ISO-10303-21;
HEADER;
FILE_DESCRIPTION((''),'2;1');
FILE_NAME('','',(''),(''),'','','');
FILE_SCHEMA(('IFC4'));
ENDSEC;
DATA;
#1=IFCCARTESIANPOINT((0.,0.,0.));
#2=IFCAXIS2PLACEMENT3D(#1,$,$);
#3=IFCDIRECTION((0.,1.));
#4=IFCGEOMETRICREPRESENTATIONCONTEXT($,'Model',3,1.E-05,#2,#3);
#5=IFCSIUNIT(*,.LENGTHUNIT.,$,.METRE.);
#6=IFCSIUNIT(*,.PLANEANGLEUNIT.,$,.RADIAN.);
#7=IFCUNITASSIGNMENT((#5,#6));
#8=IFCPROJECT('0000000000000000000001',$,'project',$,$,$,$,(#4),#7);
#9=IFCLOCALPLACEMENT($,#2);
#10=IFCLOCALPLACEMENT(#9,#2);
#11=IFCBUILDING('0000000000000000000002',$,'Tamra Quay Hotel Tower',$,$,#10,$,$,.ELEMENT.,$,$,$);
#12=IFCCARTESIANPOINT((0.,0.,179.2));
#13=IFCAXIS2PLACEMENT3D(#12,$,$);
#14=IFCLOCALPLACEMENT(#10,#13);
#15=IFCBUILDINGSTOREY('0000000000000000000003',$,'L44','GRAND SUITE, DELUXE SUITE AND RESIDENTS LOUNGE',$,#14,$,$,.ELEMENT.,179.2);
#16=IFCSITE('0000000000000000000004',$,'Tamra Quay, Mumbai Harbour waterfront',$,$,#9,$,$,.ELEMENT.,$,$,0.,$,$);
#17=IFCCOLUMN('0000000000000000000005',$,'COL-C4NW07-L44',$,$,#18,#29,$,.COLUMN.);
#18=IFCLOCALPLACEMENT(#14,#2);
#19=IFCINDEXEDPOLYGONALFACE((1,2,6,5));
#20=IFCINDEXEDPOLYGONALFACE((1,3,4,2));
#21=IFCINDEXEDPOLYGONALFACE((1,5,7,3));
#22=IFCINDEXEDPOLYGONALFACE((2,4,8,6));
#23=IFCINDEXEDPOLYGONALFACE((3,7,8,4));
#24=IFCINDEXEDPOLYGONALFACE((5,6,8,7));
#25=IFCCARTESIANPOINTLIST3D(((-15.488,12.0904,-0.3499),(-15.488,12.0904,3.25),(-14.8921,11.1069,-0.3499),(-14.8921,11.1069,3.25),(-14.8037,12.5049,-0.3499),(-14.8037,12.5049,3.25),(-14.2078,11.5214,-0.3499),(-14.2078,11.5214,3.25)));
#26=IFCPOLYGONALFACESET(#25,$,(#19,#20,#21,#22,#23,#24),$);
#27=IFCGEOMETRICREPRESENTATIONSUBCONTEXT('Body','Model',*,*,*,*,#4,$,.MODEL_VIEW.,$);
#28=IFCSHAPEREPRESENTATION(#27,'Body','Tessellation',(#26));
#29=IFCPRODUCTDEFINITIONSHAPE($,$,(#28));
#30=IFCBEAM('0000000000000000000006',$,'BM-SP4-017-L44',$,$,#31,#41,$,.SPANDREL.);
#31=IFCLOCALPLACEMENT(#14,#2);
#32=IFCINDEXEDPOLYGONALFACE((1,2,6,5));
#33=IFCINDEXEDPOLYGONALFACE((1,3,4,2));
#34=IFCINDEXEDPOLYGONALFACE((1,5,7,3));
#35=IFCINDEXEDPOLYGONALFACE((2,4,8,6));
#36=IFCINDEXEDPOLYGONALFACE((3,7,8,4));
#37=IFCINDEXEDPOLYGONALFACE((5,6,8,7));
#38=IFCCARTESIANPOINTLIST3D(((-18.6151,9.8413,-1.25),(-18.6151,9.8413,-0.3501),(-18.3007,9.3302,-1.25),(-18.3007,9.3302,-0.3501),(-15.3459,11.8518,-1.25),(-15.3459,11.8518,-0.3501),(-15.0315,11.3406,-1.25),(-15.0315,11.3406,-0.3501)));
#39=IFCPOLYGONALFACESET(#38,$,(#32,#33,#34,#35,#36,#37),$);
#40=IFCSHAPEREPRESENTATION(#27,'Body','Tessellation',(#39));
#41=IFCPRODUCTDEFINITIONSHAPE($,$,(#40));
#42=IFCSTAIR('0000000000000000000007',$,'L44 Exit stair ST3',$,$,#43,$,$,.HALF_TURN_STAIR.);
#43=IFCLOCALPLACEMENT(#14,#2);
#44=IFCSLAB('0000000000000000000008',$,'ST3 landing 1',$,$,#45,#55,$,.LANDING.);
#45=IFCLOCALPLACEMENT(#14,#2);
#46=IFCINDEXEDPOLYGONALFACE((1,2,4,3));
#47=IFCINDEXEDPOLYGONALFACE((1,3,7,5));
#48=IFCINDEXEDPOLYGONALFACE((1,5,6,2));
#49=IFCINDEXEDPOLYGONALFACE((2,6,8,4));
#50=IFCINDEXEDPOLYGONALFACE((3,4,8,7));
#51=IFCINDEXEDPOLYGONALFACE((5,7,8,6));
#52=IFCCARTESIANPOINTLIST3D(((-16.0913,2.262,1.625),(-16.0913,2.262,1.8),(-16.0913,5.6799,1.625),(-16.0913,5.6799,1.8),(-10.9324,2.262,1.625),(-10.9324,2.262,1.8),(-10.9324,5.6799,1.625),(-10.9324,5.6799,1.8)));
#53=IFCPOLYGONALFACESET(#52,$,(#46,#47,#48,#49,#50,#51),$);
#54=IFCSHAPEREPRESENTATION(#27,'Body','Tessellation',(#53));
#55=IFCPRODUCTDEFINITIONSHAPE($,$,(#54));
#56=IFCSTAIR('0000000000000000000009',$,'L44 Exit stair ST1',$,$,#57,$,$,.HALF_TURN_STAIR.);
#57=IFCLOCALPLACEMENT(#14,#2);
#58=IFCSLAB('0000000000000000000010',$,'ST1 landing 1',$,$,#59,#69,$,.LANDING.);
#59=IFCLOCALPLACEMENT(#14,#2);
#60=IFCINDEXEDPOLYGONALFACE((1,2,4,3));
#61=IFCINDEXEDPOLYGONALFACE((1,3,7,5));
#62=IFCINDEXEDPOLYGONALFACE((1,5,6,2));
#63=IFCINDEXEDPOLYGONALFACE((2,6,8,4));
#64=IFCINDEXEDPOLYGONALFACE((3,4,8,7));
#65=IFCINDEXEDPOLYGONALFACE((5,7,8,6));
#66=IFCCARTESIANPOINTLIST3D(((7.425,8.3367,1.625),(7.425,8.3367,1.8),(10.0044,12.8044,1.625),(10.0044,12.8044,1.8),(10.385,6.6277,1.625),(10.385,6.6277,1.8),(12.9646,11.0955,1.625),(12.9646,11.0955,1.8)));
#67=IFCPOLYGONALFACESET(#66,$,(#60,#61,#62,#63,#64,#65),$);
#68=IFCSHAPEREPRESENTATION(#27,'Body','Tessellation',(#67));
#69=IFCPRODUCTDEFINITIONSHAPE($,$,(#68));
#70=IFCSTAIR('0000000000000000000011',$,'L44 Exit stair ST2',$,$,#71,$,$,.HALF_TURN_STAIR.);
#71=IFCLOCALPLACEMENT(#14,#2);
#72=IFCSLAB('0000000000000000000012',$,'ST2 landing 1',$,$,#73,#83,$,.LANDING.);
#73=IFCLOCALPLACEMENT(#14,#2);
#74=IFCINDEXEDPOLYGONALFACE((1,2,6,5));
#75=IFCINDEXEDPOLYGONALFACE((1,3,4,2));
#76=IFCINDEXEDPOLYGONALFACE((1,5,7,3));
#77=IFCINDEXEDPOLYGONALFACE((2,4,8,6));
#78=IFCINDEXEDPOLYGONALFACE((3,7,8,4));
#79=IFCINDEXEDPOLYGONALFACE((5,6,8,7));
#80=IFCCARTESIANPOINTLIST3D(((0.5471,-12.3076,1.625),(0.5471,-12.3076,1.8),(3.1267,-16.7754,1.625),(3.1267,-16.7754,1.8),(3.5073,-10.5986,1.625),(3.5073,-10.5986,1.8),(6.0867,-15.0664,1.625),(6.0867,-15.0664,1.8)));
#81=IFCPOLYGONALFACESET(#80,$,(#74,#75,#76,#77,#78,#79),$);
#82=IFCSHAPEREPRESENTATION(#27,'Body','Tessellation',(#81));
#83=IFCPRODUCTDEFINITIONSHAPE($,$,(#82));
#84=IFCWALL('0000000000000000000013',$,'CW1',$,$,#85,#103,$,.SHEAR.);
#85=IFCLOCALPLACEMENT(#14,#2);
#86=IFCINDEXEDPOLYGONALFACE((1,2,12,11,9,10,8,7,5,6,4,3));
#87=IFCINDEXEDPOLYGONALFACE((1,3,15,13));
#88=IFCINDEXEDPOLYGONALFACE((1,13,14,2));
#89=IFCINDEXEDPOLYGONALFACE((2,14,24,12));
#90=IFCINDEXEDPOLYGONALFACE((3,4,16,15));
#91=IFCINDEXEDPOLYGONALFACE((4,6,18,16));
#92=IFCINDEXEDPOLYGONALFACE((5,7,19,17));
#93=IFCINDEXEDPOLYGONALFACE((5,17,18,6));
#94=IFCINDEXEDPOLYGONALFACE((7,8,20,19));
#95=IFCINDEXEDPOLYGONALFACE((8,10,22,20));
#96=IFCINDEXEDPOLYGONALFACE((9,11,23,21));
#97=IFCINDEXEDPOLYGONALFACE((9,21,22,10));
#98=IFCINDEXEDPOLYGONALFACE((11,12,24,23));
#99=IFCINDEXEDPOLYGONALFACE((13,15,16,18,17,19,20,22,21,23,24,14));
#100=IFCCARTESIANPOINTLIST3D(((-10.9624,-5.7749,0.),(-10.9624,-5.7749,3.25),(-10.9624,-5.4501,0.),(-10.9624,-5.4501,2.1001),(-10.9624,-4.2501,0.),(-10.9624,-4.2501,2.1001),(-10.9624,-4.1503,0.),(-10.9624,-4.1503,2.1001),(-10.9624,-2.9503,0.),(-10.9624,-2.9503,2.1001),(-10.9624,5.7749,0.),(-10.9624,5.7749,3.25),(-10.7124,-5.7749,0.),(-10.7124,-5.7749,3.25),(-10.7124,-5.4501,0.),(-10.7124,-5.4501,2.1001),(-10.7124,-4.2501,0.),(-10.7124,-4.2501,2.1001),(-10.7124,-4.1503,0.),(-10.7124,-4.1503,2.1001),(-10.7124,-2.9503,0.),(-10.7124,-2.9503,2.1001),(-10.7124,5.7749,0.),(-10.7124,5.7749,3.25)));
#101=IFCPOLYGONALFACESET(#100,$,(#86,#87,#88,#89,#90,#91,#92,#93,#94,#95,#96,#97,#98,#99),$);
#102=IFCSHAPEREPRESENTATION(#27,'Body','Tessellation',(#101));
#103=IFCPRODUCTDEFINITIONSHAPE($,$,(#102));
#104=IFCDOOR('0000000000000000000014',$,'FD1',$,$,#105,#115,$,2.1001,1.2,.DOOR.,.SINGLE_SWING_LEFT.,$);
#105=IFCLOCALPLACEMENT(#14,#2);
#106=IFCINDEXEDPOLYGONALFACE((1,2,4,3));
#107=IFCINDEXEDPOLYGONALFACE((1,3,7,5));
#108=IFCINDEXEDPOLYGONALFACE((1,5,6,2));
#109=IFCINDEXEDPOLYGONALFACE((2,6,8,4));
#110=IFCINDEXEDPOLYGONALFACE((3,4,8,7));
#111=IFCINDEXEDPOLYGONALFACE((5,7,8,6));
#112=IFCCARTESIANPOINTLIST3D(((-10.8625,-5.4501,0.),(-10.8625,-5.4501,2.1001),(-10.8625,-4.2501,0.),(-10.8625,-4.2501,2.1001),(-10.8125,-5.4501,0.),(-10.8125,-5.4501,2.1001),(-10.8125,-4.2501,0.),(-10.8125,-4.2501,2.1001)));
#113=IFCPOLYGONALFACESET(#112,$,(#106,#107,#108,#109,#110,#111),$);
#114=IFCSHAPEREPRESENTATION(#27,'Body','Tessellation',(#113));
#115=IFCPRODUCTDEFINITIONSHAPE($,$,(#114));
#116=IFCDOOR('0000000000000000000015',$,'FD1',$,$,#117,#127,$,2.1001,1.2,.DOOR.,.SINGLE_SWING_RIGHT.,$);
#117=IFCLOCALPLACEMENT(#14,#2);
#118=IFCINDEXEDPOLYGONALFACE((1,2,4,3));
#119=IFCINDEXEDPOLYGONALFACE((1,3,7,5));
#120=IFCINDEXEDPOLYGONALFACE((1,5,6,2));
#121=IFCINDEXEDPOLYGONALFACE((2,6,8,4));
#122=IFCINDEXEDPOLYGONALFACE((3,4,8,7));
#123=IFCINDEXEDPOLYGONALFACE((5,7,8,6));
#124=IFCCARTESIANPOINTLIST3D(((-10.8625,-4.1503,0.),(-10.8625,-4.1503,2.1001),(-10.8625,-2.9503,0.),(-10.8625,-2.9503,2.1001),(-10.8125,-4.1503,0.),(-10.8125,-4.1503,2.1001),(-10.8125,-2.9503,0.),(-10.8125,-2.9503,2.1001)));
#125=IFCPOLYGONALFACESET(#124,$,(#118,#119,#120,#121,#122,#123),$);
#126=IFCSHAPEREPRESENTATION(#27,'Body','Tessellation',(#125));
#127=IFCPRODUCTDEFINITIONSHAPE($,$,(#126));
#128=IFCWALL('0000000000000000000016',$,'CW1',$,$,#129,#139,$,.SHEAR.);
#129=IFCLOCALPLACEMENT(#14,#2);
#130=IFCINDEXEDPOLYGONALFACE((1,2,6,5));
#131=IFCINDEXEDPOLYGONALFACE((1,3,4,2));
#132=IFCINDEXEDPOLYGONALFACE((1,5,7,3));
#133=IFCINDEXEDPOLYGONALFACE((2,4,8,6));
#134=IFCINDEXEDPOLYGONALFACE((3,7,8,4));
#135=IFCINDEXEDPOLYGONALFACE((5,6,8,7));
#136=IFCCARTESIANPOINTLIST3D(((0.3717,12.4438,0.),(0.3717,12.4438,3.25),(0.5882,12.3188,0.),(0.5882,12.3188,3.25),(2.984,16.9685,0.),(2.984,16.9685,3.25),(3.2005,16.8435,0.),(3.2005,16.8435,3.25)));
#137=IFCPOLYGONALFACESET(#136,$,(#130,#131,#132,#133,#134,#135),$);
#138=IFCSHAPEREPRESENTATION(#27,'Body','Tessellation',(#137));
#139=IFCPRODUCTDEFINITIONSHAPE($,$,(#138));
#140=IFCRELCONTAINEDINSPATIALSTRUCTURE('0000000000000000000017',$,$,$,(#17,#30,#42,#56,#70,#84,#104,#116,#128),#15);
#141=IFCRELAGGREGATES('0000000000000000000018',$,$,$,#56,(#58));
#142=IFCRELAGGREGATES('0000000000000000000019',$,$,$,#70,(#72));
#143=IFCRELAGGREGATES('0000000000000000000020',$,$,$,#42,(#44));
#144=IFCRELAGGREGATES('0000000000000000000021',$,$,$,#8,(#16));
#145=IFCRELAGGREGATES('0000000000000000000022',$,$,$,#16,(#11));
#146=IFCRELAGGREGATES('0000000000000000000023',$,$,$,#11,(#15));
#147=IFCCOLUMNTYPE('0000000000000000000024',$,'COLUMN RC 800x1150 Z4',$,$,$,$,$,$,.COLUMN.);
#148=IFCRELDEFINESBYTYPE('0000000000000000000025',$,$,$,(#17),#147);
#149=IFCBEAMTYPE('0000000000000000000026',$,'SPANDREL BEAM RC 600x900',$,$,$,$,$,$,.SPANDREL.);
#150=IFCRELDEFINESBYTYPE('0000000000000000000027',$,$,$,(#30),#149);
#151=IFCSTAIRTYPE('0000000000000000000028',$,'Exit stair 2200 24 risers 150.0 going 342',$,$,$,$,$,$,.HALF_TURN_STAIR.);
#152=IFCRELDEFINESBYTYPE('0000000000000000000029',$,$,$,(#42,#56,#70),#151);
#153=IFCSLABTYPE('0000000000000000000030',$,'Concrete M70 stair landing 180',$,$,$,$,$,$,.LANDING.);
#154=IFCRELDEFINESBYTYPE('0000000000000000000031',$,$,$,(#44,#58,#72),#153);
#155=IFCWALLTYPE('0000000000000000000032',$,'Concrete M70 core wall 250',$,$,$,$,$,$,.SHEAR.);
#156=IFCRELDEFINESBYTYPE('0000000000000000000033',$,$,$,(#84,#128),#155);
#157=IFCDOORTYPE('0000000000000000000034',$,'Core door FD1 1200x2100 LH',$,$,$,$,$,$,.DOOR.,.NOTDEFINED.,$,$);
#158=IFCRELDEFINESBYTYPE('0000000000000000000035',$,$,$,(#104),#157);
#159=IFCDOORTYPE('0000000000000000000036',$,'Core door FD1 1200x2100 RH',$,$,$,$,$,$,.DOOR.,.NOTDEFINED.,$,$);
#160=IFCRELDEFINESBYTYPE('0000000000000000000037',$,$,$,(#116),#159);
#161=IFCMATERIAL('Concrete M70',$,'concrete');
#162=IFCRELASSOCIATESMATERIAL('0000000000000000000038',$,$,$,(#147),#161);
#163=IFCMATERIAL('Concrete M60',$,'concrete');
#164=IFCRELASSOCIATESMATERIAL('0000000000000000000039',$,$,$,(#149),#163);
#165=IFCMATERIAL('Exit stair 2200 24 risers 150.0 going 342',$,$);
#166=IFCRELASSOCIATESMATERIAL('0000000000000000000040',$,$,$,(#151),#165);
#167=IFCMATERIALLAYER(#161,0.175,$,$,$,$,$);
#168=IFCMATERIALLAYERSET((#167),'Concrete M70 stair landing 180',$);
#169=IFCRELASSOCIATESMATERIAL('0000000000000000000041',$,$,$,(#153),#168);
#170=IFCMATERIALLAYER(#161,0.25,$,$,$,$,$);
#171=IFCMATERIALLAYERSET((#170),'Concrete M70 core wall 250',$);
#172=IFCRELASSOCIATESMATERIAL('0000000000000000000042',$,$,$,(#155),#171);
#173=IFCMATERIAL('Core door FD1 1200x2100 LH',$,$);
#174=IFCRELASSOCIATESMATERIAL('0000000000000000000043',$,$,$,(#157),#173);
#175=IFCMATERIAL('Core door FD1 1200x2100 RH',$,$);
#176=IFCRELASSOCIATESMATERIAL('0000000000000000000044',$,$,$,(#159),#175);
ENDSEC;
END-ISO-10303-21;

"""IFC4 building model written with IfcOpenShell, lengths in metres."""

from ifc_helpers import new_model, si_unit, direction, frame, frame_2d, origin, origin_2d, place, context, subcontext, project, spatial, polyline, rectangle, outline, extrude, material, layer, layer_set, material_profile, profile_set, type_object, element, fill, aggregate, save


model = new_model("IFC4")

# Units and contexts
model_context = context("Model", 3, precision=1e-05, world=origin(), true_north=direction((0.0, 1.0)))
body_context = subcontext(model_context, "Body", "Model", "MODEL_VIEW")
ifc_project = project(units=[si_unit("LENGTHUNIT", "METRE"), si_unit("PLANEANGLEUNIT", "RADIAN")], contexts=[model_context])

# Site, building, storey
site_placement = place(None, origin())
site = spatial("IfcSite", under=ifc_project, at=site_placement, Name="Tamra Quay, Mumbai Harbour waterfront", CompositionType="ELEMENT", RefElevation=0.0)
building_placement = place(site_placement, origin())
building = spatial("IfcBuilding", under=site, at=building_placement, Name="Tamra Quay Hotel Tower", CompositionType="ELEMENT")
storey_placement = place(building_placement, frame((0.0, 0.0, 179.2)))
storey = spatial("IfcBuildingStorey", under=building, at=storey_placement, Name="L44", Description="GRAND SUITE, DELUXE SUITE AND RESIDENTS LOUNGE", CompositionType="ELEMENT", Elevation=179.2)

# Column
ifc_material_1 = material(Name="Concrete M70", Category="concrete")
ifc_material_profile_1 = material_profile(ifc_material_1, rectangle(XDim=1.1499, YDim=0.8, at=origin_2d()), Name="COLUMN RC 800x1150 Z4")
ifc_profile_set_1 = profile_set([ifc_material_profile_1], Name="Concrete M70")
column_type = type_object("IfcColumnType", Name="COLUMN RC 800x1150 Z4", PredefinedType="COLUMN", material=ifc_profile_set_1)
column_placement = place(storey_placement, frame((-14.8479, 11.8059, -0.3499), z_axis=(0.0, 0.0, 1.0), x_axis=(-0.518175, 0.855275, 0.0)))
element("IfcColumn", 1, at=column_placement, inside=storey, type_object=column_type, Name="COL-C4NW07-L44", PredefinedType="COLUMN", context=body_context, shape_type="SweptSolid", body=[
    extrude(rectangle(XDim=1.1499, YDim=0.8, at=origin_2d()), origin(), (0.0, 0.0, 1.0), 3.5999),
])

# Beam
ifc_material_2 = material(Name="Concrete M60", Category="concrete")
ifc_material_profile_2 = material_profile(ifc_material_2, rectangle(XDim=0.6001, YDim=0.8999, at=origin_2d()), Name="SPANDREL BEAM RC 600x900")
ifc_profile_set_2 = profile_set([ifc_material_profile_2], Name="Concrete M60")
beam_type = type_object("IfcBeamType", Name="SPANDREL BEAM RC 600x900", PredefinedType="SPANDREL", material=ifc_profile_set_2)
beam_placement = place(storey_placement, frame((-15.1887, 11.5962, -0.8), z_axis=(-0.851818, -0.523838, 0.0), x_axis=(0.523838, -0.851818, 0.0)))
element("IfcBeam", 2, at=beam_placement, inside=storey, type_object=beam_type, Name="BM-SP4-017-L44", PredefinedType="SPANDREL", context=body_context, shape_type="SweptSolid", body=[
    extrude(rectangle(XDim=0.6001, YDim=0.8999, at=origin_2d()), origin(), (0.0, 0.0, 1.0), 3.8379),
])

# Stairs, slabs
ifc_material_3 = material(Name="Exit stair 2200 24 risers 150.0 going 342")
stair_type = type_object("IfcStairType", Name="Exit stair 2200 24 risers 150.0 going 342", PredefinedType="HALF_TURN_STAIR", material=ifc_material_3)
stair_1_placement = place(storey_placement, origin())
stair_1 = element("IfcStair", 3, at=stair_1_placement, inside=storey, type_object=stair_type, Name="L44 Exit stair ST3", PredefinedType="HALF_TURN_STAIR")
ifc_layer_1 = layer(ifc_material_1, 0.175)
ifc_layer_set_1 = layer_set([ifc_layer_1], Name="Concrete M70 stair landing 180")
slab_type_1 = type_object("IfcSlabType", Name="Concrete M70 stair landing 180", PredefinedType="LANDING", material=ifc_layer_set_1)
slab_1_placement = place(storey_placement, frame((0.0, 0.0, 1.625)))
slab_1 = element("IfcSlab", 4, at=slab_1_placement, type_object=slab_type_1, Name="ST3 landing 1", PredefinedType="LANDING", context=body_context, shape_type="SweptSolid", body=[
    extrude(outline(polyline([(-10.9324, 2.262), (-10.9324, 5.6799), (-16.0913, 5.6799), (-16.0913, 2.262), (-10.9324, 2.262)])), origin(), (0.0, 0.0, 1.0), 0.175),
])
stair_2_placement = place(storey_placement, origin())
stair_2 = element("IfcStair", 5, at=stair_2_placement, inside=storey, type_object=stair_type, Name="L44 Exit stair ST1", PredefinedType="HALF_TURN_STAIR")
slab_2_placement = place(storey_placement, frame((0.0, 0.0, 1.625)))
slab_2 = element("IfcSlab", 6, at=slab_2_placement, type_object=slab_type_1, Name="ST1 landing 1", PredefinedType="LANDING", context=body_context, shape_type="SweptSolid", body=[
    extrude(outline(polyline([(7.425, 8.3367), (10.385, 6.6277), (12.9646, 11.0955), (10.0044, 12.8044), (7.425, 8.3367)])), origin(), (0.0, 0.0, 1.0), 0.175),
])
aggregate(stair_2, [slab_2])
stair_3_placement = place(storey_placement, origin())
stair_3 = element("IfcStair", 7, at=stair_3_placement, inside=storey, type_object=stair_type, Name="L44 Exit stair ST2", PredefinedType="HALF_TURN_STAIR")
slab_3_placement = place(storey_placement, frame((0.0, 0.0, 1.625)))
slab_3 = element("IfcSlab", 8, at=slab_3_placement, type_object=slab_type_1, Name="ST2 landing 1", PredefinedType="LANDING", context=body_context, shape_type="SweptSolid", body=[
    extrude(outline(polyline([(3.5073, -10.5986), (0.5471, -12.3076), (3.1267, -16.7754), (6.0867, -15.0664), (3.5073, -10.5986)])), origin(), (0.0, 0.0, 1.0), 0.175),
])
aggregate(stair_3, [slab_3])

# Wall, openings, doors
ifc_layer_2 = layer(ifc_material_1, 0.25)
ifc_layer_set_2 = layer_set([ifc_layer_2], Name="Concrete M70 core wall 250")
wall_type_1 = type_object("IfcWallType", Name="Concrete M70 core wall 250", PredefinedType="SHEAR", material=ifc_layer_set_2)
wall_1_placement = place(storey_placement, frame((-10.8374, 5.7749, 0.0), z_axis=(0.0, 0.0, 1.0), x_axis=(0.0, -1.0, 0.0)))
wall_1 = element("IfcWall", 9, at=wall_1_placement, inside=storey, type_object=wall_type_1, Name="CW1", PredefinedType="SHEAR", context=body_context, shape_type="SweptSolid", body=[
    extrude(rectangle(XDim=11.5498, YDim=0.25, at=frame_2d((5.7749, 0.0))), origin(), (0.0, 0.0, 1.0), 3.25),
])
opening_1_placement = place(wall_1_placement, frame((10.0249, 0.0, 0.0)))
opening_1 = element("IfcOpeningElement", 10, at=opening_1_placement, cuts=wall_1, PredefinedType="OPENING", context=body_context, shape_type="SweptSolid", body=[
    extrude(rectangle(XDim=1.2, YDim=2.1001, at=frame_2d((0.6001, 1.05))), frame((0.0, 0.135, 0.0), z_axis=(0.0, -1.0, 0.0), x_axis=(1.0, 0.0, 0.0)), (0.0, 0.0, 1.0), 0.27),
])
opening_2_placement = place(wall_1_placement, frame((8.7251, 0.0, 0.0)))
opening_2 = element("IfcOpeningElement", 11, at=opening_2_placement, cuts=wall_1, PredefinedType="OPENING", context=body_context, shape_type="SweptSolid", body=[
    extrude(rectangle(XDim=1.2, YDim=2.1001, at=frame_2d((0.6001, 1.05))), frame((0.0, 0.135, 0.0), z_axis=(0.0, -1.0, 0.0), x_axis=(1.0, 0.0, 0.0)), (0.0, 0.0, 1.0), 0.27),
])
ifc_material_4 = material(Name="Core door FD1 1200x2100 LH")
door_type_1 = type_object("IfcDoorType", Name="Core door FD1 1200x2100 LH", OperationType="NOTDEFINED", PredefinedType="DOOR", material=ifc_material_4)
door_1_placement = place(opening_1_placement, origin())
door_1 = element("IfcDoor", 12, at=door_1_placement, inside=storey, type_object=door_type_1, Name="FD1", OperationType="SINGLE_SWING_LEFT", OverallHeight=2.1001, OverallWidth=1.2, PredefinedType="DOOR", context=body_context, shape_type="SweptSolid", body=[
    extrude(rectangle(XDim=1.2, YDim=2.1001, at=frame_2d((0.6001, 1.05))), frame((0.0, 0.0249, 0.0), z_axis=(0.0, -1.0, 0.0), x_axis=(1.0, 0.0, 0.0)), (0.0, 0.0, 1.0), 0.05),
])
fill(opening_1, door_1)
ifc_material_5 = material(Name="Core door FD1 1200x2100 RH")
door_type_2 = type_object("IfcDoorType", Name="Core door FD1 1200x2100 RH", OperationType="NOTDEFINED", PredefinedType="DOOR", material=ifc_material_5)
door_2_placement = place(opening_2_placement, origin())
door_2 = element("IfcDoor", 13, at=door_2_placement, inside=storey, type_object=door_type_2, Name="FD1", OperationType="SINGLE_SWING_RIGHT", OverallHeight=2.1001, OverallWidth=1.2, PredefinedType="DOOR", context=body_context, shape_type="SweptSolid", body=[
    extrude(rectangle(XDim=1.2, YDim=2.1001, at=frame_2d((0.6001, 1.05))), frame((0.0, 0.0249, 0.0), z_axis=(0.0, -1.0, 0.0), x_axis=(1.0, 0.0, 0.0)), (0.0, 0.0, 1.0), 0.05),
])
fill(opening_2, door_2)

# Wall
wall_2_placement = place(storey_placement, frame((0.48, 12.3813, 0.0), z_axis=(0.0, 0.0, 1.0), x_axis=(0.499999, 0.866026, 0.0)))
element("IfcWall", 14, at=wall_2_placement, inside=storey, type_object=wall_type_1, Name="CW1", PredefinedType="SHEAR", context=body_context, shape_type="SweptSolid", body=[
    extrude(rectangle(XDim=5.2246, YDim=0.25, at=frame_2d((2.6123, 0.0))), origin(), (0.0, 0.0, 1.0), 3.25),
])

aggregate(stair_1, [slab_1])

save(model, "model.ifc")
